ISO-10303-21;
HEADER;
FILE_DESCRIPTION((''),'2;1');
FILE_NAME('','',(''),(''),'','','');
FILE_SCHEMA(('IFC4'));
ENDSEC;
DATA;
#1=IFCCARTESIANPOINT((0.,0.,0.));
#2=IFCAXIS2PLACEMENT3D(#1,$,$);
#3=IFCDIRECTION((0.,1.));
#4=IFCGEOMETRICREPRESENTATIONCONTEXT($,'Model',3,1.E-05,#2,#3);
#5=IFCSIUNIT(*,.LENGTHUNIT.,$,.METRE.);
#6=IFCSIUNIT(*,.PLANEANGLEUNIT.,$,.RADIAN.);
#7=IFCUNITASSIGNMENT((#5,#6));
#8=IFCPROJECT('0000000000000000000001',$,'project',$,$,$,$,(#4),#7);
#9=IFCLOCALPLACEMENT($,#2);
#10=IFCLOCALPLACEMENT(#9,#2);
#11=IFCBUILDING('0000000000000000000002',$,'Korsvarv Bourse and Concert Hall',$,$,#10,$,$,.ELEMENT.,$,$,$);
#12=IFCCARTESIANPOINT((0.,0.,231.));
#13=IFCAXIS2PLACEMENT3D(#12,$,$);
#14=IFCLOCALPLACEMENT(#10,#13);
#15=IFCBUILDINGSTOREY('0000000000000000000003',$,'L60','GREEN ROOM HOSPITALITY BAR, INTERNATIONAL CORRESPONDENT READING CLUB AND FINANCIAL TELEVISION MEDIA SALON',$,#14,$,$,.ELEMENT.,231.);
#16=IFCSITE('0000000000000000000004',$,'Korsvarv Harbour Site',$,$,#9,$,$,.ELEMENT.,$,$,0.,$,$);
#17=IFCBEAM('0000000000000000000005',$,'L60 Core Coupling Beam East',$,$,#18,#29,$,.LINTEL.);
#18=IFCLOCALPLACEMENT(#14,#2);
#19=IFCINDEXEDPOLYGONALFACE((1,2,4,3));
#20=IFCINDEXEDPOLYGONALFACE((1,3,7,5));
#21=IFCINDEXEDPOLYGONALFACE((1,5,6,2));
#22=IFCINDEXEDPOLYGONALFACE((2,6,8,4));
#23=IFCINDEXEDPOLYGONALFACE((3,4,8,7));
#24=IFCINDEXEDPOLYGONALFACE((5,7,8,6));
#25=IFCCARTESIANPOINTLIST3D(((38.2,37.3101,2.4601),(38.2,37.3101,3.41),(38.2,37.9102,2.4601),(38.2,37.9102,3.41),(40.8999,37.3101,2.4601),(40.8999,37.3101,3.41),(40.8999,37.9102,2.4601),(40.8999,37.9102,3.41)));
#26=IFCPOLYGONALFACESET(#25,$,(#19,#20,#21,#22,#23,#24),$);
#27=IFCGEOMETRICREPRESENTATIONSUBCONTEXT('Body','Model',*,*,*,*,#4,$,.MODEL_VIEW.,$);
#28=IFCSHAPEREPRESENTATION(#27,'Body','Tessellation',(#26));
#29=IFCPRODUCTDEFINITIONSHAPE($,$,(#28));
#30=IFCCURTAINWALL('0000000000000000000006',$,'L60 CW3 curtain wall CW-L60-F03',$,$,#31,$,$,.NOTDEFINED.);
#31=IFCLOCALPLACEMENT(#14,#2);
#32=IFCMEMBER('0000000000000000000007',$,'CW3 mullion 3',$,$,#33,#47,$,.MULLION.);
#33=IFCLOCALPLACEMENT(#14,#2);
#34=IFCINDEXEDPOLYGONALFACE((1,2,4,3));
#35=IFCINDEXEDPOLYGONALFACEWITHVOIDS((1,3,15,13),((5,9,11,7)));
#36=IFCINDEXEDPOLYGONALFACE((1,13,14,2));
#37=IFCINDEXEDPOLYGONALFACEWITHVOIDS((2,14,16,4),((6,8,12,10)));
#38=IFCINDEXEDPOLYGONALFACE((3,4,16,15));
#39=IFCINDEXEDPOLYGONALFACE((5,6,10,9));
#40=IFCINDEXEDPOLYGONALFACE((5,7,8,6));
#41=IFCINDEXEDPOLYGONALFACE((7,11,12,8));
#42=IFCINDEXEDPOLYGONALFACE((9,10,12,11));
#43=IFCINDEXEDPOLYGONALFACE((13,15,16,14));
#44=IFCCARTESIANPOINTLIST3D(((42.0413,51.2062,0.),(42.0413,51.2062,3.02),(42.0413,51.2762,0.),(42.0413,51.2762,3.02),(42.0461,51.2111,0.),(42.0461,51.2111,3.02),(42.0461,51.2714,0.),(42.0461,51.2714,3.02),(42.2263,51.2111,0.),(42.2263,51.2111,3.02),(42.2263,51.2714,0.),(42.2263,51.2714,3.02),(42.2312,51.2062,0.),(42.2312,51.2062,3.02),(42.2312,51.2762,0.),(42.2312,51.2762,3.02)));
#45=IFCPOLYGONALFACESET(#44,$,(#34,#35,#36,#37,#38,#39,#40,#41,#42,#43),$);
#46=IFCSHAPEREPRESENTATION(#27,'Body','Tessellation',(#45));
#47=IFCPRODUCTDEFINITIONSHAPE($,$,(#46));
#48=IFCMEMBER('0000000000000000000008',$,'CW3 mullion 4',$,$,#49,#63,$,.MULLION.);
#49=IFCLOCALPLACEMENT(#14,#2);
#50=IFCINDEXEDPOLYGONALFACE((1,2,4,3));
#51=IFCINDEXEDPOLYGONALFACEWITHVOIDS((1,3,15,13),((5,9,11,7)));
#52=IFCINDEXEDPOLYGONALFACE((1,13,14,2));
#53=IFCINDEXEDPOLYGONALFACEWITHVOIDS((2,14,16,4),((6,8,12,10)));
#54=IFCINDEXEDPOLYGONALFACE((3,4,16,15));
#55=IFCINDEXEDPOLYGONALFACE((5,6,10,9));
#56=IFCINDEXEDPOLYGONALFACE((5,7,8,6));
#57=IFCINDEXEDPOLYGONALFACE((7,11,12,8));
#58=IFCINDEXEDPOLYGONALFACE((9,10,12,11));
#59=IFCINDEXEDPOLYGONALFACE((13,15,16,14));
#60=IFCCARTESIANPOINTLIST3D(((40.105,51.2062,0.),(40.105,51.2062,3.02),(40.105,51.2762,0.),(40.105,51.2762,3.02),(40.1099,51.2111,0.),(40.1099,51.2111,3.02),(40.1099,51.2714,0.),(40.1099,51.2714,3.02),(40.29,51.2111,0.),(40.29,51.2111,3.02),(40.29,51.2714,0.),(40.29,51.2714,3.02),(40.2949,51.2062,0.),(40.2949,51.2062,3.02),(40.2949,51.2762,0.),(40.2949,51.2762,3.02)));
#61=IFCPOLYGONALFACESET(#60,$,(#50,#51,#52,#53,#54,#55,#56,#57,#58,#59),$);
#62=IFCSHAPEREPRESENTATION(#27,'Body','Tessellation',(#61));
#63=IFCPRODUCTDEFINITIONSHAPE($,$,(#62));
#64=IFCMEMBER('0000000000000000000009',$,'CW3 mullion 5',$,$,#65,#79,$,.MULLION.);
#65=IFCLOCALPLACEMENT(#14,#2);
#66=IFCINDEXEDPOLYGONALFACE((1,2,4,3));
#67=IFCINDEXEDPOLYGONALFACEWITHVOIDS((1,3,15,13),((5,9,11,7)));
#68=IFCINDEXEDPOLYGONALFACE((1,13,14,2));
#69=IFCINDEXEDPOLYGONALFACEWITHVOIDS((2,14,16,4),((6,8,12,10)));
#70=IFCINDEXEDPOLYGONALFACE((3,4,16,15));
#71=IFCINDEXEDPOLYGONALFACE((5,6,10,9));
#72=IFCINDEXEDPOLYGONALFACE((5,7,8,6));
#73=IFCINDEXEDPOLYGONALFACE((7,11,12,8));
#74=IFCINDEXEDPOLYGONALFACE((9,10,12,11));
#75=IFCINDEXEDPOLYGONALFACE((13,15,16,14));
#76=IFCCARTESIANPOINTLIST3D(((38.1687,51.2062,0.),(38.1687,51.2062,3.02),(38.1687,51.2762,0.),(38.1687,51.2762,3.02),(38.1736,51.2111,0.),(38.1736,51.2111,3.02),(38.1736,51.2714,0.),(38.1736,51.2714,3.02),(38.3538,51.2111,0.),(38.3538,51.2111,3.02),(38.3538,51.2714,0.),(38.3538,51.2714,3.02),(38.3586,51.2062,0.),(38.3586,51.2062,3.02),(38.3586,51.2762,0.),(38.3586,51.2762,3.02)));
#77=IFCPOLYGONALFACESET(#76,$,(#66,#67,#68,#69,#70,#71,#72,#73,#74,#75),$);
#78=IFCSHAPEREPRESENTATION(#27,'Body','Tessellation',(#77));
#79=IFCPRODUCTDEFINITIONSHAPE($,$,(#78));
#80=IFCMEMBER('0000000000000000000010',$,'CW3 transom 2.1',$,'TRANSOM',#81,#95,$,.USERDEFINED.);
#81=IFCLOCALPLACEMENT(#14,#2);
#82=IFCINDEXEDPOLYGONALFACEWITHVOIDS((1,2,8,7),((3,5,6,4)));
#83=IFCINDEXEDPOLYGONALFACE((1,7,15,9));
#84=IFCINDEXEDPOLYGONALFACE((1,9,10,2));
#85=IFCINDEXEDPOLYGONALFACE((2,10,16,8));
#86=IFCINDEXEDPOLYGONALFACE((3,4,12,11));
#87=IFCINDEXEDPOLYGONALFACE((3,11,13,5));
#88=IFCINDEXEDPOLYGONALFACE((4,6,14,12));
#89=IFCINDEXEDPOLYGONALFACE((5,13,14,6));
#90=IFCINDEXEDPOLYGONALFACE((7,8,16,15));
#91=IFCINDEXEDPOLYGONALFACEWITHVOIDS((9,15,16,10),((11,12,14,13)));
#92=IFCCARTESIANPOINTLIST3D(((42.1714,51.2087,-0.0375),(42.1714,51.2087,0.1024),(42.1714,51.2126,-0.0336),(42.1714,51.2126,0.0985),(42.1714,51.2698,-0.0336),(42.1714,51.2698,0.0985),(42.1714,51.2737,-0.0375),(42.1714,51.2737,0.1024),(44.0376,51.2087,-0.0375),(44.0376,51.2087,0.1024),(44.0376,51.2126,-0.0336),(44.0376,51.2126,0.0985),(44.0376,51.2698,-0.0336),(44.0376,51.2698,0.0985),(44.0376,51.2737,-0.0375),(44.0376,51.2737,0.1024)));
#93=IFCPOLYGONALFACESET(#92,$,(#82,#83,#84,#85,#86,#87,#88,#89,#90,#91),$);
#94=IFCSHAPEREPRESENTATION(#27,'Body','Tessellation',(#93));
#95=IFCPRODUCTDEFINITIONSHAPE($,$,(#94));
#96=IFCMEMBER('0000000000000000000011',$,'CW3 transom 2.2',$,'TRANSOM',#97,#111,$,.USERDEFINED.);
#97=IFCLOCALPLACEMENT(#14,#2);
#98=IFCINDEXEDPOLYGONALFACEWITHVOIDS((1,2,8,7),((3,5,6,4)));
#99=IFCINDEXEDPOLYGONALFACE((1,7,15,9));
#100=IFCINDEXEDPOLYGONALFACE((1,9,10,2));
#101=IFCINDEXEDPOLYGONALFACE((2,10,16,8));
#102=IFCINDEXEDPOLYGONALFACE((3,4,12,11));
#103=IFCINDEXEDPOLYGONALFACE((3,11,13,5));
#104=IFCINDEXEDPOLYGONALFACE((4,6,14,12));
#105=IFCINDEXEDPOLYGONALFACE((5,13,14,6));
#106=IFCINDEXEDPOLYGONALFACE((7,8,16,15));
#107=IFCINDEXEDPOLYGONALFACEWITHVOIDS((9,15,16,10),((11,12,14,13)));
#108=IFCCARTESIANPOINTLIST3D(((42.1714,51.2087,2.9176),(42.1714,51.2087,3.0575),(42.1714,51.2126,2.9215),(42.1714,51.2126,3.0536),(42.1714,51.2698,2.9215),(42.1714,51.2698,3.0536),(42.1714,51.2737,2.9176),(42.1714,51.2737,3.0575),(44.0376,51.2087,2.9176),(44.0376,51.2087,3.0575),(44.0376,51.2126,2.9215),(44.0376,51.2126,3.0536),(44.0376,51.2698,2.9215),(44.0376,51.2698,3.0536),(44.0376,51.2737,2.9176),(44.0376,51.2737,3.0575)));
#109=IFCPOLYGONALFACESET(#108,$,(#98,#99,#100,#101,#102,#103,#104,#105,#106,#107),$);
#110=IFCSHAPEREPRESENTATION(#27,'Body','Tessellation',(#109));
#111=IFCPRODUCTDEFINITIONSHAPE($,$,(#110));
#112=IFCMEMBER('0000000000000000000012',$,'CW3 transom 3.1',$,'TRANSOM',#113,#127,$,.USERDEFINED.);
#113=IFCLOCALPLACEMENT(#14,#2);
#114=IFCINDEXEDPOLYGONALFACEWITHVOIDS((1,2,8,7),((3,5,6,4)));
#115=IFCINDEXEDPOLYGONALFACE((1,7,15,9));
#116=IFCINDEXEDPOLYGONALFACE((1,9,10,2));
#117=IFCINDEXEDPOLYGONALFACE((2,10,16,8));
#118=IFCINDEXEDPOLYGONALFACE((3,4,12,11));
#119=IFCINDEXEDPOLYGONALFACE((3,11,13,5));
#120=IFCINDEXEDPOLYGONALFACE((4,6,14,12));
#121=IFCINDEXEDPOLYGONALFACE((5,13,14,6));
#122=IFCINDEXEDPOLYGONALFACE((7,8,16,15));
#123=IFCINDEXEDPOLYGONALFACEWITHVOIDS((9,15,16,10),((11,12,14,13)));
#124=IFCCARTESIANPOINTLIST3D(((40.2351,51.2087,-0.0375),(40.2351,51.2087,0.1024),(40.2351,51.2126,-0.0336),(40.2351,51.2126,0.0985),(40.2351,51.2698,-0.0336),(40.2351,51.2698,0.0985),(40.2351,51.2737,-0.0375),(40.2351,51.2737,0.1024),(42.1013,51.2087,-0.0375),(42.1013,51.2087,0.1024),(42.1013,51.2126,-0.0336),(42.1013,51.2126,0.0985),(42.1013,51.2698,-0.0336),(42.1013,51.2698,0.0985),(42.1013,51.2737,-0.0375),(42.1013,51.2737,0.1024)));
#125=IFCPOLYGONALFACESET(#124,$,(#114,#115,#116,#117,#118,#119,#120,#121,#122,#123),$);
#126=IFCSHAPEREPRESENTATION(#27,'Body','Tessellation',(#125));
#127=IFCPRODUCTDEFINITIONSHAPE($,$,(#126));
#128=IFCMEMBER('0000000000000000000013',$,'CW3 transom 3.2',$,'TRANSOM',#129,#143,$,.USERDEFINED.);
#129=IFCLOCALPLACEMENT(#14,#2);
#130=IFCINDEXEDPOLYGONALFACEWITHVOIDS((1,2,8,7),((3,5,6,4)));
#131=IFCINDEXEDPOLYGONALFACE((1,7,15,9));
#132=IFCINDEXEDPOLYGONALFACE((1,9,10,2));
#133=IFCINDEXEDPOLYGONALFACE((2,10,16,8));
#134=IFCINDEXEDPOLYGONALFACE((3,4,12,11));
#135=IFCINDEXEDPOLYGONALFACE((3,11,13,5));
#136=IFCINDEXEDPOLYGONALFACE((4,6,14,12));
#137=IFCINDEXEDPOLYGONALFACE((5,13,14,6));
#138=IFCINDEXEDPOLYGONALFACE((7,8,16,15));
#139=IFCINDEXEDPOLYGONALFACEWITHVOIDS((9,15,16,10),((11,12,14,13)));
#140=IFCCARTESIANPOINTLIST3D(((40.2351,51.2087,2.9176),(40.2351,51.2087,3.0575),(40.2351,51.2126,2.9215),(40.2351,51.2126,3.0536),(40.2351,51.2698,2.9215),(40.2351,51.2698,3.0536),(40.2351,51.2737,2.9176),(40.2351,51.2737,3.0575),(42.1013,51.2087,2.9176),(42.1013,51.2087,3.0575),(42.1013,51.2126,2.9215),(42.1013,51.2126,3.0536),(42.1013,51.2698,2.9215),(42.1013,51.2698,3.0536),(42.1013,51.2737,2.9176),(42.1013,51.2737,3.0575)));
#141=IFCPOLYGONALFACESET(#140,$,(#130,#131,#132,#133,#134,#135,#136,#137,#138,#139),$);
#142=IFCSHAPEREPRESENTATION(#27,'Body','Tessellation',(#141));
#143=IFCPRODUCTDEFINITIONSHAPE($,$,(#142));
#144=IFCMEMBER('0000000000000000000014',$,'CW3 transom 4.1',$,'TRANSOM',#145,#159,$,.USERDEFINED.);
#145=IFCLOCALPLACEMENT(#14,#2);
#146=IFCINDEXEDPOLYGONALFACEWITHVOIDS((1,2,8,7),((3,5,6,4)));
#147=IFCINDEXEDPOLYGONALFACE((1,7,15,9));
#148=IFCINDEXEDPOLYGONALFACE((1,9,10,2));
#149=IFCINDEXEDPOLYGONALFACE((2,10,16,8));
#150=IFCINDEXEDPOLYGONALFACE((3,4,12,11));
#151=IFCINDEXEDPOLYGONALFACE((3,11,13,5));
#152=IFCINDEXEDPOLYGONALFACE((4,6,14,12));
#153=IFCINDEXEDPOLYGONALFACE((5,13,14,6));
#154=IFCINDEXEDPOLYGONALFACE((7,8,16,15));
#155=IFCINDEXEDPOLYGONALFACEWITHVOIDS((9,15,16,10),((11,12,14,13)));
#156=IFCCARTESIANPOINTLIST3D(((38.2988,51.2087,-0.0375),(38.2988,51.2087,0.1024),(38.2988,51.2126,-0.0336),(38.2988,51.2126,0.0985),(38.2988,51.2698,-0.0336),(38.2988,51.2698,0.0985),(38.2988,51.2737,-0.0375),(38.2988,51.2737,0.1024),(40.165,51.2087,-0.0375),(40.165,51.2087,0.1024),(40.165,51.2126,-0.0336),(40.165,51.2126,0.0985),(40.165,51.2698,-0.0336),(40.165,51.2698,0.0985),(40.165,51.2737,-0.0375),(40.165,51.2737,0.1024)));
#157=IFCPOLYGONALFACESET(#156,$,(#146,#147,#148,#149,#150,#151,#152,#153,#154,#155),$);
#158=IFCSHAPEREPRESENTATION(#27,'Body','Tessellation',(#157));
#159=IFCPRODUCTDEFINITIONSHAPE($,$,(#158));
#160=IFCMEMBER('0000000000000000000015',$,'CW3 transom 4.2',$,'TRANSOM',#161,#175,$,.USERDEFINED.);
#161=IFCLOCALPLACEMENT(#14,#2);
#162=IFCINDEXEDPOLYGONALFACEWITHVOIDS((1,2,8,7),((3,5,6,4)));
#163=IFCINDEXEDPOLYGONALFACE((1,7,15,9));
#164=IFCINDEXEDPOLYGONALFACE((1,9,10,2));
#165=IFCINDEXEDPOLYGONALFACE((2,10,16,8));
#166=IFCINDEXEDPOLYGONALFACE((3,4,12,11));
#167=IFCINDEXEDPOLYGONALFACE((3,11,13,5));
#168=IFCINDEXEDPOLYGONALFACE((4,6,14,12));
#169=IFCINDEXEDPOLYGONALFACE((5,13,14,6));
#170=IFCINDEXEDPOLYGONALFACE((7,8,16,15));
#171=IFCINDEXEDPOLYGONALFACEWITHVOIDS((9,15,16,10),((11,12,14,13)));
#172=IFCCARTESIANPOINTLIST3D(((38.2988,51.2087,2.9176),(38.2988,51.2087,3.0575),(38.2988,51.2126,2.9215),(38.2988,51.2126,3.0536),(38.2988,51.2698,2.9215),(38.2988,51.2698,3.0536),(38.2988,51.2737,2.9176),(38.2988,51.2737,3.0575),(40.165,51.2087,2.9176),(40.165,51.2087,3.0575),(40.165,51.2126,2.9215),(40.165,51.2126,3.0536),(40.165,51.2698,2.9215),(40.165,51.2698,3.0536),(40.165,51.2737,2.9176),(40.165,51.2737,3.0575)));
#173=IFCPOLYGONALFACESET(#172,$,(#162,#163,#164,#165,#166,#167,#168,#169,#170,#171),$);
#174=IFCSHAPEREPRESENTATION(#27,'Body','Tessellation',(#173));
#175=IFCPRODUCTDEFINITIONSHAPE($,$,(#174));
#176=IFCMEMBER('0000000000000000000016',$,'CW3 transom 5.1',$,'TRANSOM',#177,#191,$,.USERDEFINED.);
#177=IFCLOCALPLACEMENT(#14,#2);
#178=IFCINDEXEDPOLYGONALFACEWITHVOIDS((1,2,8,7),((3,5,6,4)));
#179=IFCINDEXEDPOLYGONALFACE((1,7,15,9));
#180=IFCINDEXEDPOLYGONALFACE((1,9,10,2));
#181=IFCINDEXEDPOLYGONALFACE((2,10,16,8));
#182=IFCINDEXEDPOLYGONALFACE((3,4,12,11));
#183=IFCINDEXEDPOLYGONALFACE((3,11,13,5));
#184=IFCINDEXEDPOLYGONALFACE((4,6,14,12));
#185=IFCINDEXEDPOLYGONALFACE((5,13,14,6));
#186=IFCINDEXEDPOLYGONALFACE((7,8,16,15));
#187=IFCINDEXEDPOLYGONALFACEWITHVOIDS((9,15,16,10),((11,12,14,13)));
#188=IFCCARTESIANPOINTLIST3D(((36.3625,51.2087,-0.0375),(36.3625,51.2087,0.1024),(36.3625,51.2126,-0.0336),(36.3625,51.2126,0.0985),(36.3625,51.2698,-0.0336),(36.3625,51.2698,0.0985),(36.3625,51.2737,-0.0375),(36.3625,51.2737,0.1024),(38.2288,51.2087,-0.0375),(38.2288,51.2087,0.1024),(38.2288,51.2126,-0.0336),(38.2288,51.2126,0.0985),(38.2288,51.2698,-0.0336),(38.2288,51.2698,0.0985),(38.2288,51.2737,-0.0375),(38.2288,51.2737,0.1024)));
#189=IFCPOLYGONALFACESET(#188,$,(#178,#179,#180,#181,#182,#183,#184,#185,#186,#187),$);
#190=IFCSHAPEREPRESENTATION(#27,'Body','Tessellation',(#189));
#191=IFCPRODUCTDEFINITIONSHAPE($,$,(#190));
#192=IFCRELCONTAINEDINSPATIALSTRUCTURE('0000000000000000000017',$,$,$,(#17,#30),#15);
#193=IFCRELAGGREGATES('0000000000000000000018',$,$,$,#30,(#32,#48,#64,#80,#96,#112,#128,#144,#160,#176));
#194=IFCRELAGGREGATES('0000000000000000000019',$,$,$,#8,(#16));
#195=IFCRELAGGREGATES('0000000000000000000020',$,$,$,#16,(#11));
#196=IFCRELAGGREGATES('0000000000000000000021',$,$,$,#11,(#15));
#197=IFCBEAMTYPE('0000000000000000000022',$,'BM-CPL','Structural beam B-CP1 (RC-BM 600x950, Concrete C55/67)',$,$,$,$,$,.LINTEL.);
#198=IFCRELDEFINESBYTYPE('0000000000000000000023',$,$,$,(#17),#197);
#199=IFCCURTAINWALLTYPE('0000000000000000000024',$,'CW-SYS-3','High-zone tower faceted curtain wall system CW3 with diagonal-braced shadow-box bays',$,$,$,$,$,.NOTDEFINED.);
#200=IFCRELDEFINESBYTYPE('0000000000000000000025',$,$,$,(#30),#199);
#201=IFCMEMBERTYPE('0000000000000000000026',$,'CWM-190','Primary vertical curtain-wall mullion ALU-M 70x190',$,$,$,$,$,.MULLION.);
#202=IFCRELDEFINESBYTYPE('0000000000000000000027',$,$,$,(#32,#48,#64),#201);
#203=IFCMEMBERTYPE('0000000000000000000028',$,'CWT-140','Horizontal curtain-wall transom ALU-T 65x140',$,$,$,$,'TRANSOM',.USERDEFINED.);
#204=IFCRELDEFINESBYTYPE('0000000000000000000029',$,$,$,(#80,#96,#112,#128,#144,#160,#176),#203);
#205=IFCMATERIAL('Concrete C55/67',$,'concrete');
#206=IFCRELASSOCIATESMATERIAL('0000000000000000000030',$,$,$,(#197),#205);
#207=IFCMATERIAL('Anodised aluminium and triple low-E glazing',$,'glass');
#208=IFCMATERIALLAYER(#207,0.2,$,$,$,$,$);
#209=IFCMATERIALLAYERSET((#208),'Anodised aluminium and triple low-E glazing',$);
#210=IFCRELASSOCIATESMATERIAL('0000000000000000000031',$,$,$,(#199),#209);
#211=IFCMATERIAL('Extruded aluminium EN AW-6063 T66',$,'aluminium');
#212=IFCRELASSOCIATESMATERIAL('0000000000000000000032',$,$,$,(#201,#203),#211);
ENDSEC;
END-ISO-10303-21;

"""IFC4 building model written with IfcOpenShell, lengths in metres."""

from ifc_helpers import new_model, si_unit, direction, frame, origin, origin_2d, place, context, subcontext, project, spatial, rectangle, hollow_rectangle, extrude, source, transform, mapped, material, layer, layer_set, material_profile, profile_set, type_object, element, aggregate, save


model = new_model("IFC4")

# Units and contexts
model_context = context("Model", 3, precision=1e-05, world=origin(), true_north=direction((0.0, 1.0)))
body_context = subcontext(model_context, "Body", "Model", "MODEL_VIEW")
ifc_project = project(units=[si_unit("LENGTHUNIT", "METRE"), si_unit("PLANEANGLEUNIT", "RADIAN")], contexts=[model_context])

# Site, building, storey
site_placement = place(None, origin())
site = spatial("IfcSite", under=ifc_project, at=site_placement, Name="Korsvarv Harbour Site", CompositionType="ELEMENT", RefElevation=0.0)
building_placement = place(site_placement, origin())
building = spatial("IfcBuilding", under=site, at=building_placement, Name="Korsvarv Bourse and Concert Hall", CompositionType="ELEMENT")
storey_placement = place(building_placement, frame((0.0, 0.0, 231.0)))
storey = spatial("IfcBuildingStorey", under=building, at=storey_placement, Name="L60", Description="GREEN ROOM HOSPITALITY BAR, INTERNATIONAL CORRESPONDENT READING CLUB AND FINANCIAL TELEVISION MEDIA SALON", CompositionType="ELEMENT", Elevation=231.0)

# Beam
ifc_material_1 = material(Name="Concrete C55/67", Category="concrete")
ifc_material_profile_1 = material_profile(ifc_material_1, rectangle(XDim=0.6001, YDim=0.95, at=origin_2d()), Name="RC-BM 600x950")
ifc_profile_set_1 = profile_set([ifc_material_profile_1], Name="Concrete C55/67")
beam_type = type_object("IfcBeamType", Name="BM-CPL", Description="Structural beam B-CP1 (RC-BM 600x950, Concrete C55/67)", PredefinedType="LINTEL", material=ifc_profile_set_1)
shared_shape_1 = source(origin(), body_context, "Body", "SweptSolid", [
    extrude(rectangle(XDim=0.6001, YDim=0.95, at=origin_2d()), origin(), (0.0, 0.0, 1.0), 2.7),
])
beam_placement = place(storey_placement, frame((38.2, 37.6101, 2.9351), z_axis=(1.0, 0.0, 0.0), x_axis=(0.0, 1.0, 0.0)))
element("IfcBeam", 1, at=beam_placement, inside=storey, type_object=beam_type, Name="L60 Core Coupling Beam East", PredefinedType="LINTEL", context=body_context, shape_type="MappedRepresentation", body=[
    mapped(shared_shape_1, transform((0.0, 0.0, 0.0), scale=1.0)),
])

# Curtain wall, members
ifc_material_2 = material(Name="Anodised aluminium and triple low-E glazing", Category="glass")
ifc_layer_1 = layer(ifc_material_2, 0.2)
ifc_layer_set_1 = layer_set([ifc_layer_1], Name="Anodised aluminium and triple low-E glazing")
curtain_wall_type = type_object("IfcCurtainWallType", Name="CW-SYS-3", Description="High-zone tower faceted curtain wall system CW3 with diagonal-braced shadow-box bays", PredefinedType="NOTDEFINED", material=ifc_layer_set_1)
curtain_wall_placement = place(storey_placement, origin())
curtain_wall = element("IfcCurtainWall", 2, at=curtain_wall_placement, inside=storey, type_object=curtain_wall_type, Name="L60 CW3 curtain wall CW-L60-F03", PredefinedType="NOTDEFINED")
ifc_material_3 = material(Name="Extruded aluminium EN AW-6063 T66", Category="aluminium")
ifc_material_profile_2 = material_profile(ifc_material_3, hollow_rectangle(XDim=0.0701, YDim=0.1899, WallThickness=0.0049, at=origin_2d()), Name="ALU-M 70x190")
ifc_profile_set_2 = profile_set([ifc_material_profile_2], Name="Extruded aluminium EN AW-6063 T66")
member_type_1 = type_object("IfcMemberType", Name="CWM-190", Description="Primary vertical curtain-wall mullion ALU-M 70x190", PredefinedType="MULLION", material=ifc_profile_set_2)
shared_shape_2 = source(origin(), body_context, "Body", "SweptSolid", [
    extrude(hollow_rectangle(XDim=0.0701, YDim=0.1899, WallThickness=0.0049, at=origin_2d()), origin(), (0.0, 0.0, 1.0), 3.02),
])
member_1_placement = place(storey_placement, frame((42.1362, 51.2412, 0.0), z_axis=(0.0, 0.0, 1.0), x_axis=(0.0, -1.0, 0.0)))
member_1 = element("IfcMember", 3, at=member_1_placement, type_object=member_type_1, Name="CW3 mullion 3", PredefinedType="MULLION", context=body_context, shape_type="MappedRepresentation", body=[
    mapped(shared_shape_2, transform((0.0, 0.0, 0.0), scale=1.0)),
])
member_2_placement = place(storey_placement, frame((40.2, 51.2412, 0.0), z_axis=(0.0, 0.0, 1.0), x_axis=(0.0, -1.0, 0.0)))
member_2 = element("IfcMember", 4, at=member_2_placement, type_object=member_type_1, Name="CW3 mullion 4", PredefinedType="MULLION", context=body_context, shape_type="MappedRepresentation", body=[
    mapped(shared_shape_2, transform((0.0, 0.0, 0.0), scale=1.0)),
])
member_3_placement = place(storey_placement, frame((38.2637, 51.2412, 0.0), z_axis=(0.0, 0.0, 1.0), x_axis=(0.0, -1.0, 0.0)))
member_3 = element("IfcMember", 5, at=member_3_placement, type_object=member_type_1, Name="CW3 mullion 5", PredefinedType="MULLION", context=body_context, shape_type="MappedRepresentation", body=[
    mapped(shared_shape_2, transform((0.0, 0.0, 0.0), scale=1.0)),
])
ifc_material_profile_3 = material_profile(ifc_material_3, hollow_rectangle(XDim=0.0649, YDim=0.1399, WallThickness=0.0039, at=origin_2d()), Name="ALU-T 65x140")
ifc_profile_set_3 = profile_set([ifc_material_profile_3], Name="Extruded aluminium EN AW-6063 T66")
member_type_2 = type_object("IfcMemberType", Name="CWT-140", Description="Horizontal curtain-wall transom ALU-T 65x140", ElementType="TRANSOM", PredefinedType="USERDEFINED", material=ifc_profile_set_3)
shared_shape_3 = source(origin(), body_context, "Body", "SweptSolid", [
    extrude(hollow_rectangle(XDim=0.0649, YDim=0.1399, WallThickness=0.0039, at=origin_2d()), origin(), (0.0, 0.0, 1.0), 1.8662),
])
member_4_placement = place(storey_placement, frame((44.0376, 51.2412, 0.0325), z_axis=(-1.0, 0.0, 0.0), x_axis=(0.0, -1.0, 0.0)))
member_4 = element("IfcMember", 6, at=member_4_placement, type_object=member_type_2, Name="CW3 transom 2.1", ObjectType="TRANSOM", PredefinedType="USERDEFINED", context=body_context, shape_type="MappedRepresentation", body=[
    mapped(shared_shape_3, transform((0.0, 0.0, 0.0), scale=1.0)),
])
member_5_placement = place(storey_placement, frame((44.0376, 51.2412, 2.9875), z_axis=(-1.0, 0.0, 0.0), x_axis=(0.0, -1.0, 0.0)))
member_5 = element("IfcMember", 7, at=member_5_placement, type_object=member_type_2, Name="CW3 transom 2.2", ObjectType="TRANSOM", PredefinedType="USERDEFINED", context=body_context, shape_type="MappedRepresentation", body=[
    mapped(shared_shape_3, transform((0.0, 0.0, 0.0), scale=1.0)),
])
member_6_placement = place(storey_placement, frame((42.1013, 51.2412, 0.0325), z_axis=(-1.0, 0.0, 0.0), x_axis=(0.0, -1.0, 0.0)))
member_6 = element("IfcMember", 8, at=member_6_placement, type_object=member_type_2, Name="CW3 transom 3.1", ObjectType="TRANSOM", PredefinedType="USERDEFINED", context=body_context, shape_type="MappedRepresentation", body=[
    mapped(shared_shape_3, transform((0.0, 0.0, 0.0), scale=1.0)),
])
member_7_placement = place(storey_placement, frame((42.1013, 51.2412, 2.9875), z_axis=(-1.0, 0.0, 0.0), x_axis=(0.0, -1.0, 0.0)))
member_7 = element("IfcMember", 9, at=member_7_placement, type_object=member_type_2, Name="CW3 transom 3.2", ObjectType="TRANSOM", PredefinedType="USERDEFINED", context=body_context, shape_type="MappedRepresentation", body=[
    mapped(shared_shape_3, transform((0.0, 0.0, 0.0), scale=1.0)),
])
member_8_placement = place(storey_placement, frame((40.165, 51.2412, 0.0325), z_axis=(-1.0, 0.0, 0.0), x_axis=(0.0, -1.0, 0.0)))
member_8 = element("IfcMember", 10, at=member_8_placement, type_object=member_type_2, Name="CW3 transom 4.1", ObjectType="TRANSOM", PredefinedType="USERDEFINED", context=body_context, shape_type="MappedRepresentation", body=[
    mapped(shared_shape_3, transform((0.0, 0.0, 0.0), scale=1.0)),
])
member_9_placement = place(storey_placement, frame((40.165, 51.2412, 2.9875), z_axis=(-1.0, 0.0, 0.0), x_axis=(0.0, -1.0, 0.0)))
member_9 = element("IfcMember", 11, at=member_9_placement, type_object=member_type_2, Name="CW3 transom 4.2", ObjectType="TRANSOM", PredefinedType="USERDEFINED", context=body_context, shape_type="MappedRepresentation", body=[
    mapped(shared_shape_3, transform((0.0, 0.0, 0.0), scale=1.0)),
])
member_10_placement = place(storey_placement, frame((38.2288, 51.2412, 0.0325), z_axis=(-1.0, 0.0, 0.0), x_axis=(0.0, -1.0, 0.0)))
member_10 = element("IfcMember", 12, at=member_10_placement, type_object=member_type_2, Name="CW3 transom 5.1", ObjectType="TRANSOM", PredefinedType="USERDEFINED", context=body_context, shape_type="MappedRepresentation", body=[
    mapped(shared_shape_3, transform((0.0, 0.0, 0.0), scale=1.0)),
])
aggregate(curtain_wall, [member_1, member_2, member_3, member_4, member_5, member_6, member_7, member_8, member_9, member_10])

save(model, "model.ifc")
